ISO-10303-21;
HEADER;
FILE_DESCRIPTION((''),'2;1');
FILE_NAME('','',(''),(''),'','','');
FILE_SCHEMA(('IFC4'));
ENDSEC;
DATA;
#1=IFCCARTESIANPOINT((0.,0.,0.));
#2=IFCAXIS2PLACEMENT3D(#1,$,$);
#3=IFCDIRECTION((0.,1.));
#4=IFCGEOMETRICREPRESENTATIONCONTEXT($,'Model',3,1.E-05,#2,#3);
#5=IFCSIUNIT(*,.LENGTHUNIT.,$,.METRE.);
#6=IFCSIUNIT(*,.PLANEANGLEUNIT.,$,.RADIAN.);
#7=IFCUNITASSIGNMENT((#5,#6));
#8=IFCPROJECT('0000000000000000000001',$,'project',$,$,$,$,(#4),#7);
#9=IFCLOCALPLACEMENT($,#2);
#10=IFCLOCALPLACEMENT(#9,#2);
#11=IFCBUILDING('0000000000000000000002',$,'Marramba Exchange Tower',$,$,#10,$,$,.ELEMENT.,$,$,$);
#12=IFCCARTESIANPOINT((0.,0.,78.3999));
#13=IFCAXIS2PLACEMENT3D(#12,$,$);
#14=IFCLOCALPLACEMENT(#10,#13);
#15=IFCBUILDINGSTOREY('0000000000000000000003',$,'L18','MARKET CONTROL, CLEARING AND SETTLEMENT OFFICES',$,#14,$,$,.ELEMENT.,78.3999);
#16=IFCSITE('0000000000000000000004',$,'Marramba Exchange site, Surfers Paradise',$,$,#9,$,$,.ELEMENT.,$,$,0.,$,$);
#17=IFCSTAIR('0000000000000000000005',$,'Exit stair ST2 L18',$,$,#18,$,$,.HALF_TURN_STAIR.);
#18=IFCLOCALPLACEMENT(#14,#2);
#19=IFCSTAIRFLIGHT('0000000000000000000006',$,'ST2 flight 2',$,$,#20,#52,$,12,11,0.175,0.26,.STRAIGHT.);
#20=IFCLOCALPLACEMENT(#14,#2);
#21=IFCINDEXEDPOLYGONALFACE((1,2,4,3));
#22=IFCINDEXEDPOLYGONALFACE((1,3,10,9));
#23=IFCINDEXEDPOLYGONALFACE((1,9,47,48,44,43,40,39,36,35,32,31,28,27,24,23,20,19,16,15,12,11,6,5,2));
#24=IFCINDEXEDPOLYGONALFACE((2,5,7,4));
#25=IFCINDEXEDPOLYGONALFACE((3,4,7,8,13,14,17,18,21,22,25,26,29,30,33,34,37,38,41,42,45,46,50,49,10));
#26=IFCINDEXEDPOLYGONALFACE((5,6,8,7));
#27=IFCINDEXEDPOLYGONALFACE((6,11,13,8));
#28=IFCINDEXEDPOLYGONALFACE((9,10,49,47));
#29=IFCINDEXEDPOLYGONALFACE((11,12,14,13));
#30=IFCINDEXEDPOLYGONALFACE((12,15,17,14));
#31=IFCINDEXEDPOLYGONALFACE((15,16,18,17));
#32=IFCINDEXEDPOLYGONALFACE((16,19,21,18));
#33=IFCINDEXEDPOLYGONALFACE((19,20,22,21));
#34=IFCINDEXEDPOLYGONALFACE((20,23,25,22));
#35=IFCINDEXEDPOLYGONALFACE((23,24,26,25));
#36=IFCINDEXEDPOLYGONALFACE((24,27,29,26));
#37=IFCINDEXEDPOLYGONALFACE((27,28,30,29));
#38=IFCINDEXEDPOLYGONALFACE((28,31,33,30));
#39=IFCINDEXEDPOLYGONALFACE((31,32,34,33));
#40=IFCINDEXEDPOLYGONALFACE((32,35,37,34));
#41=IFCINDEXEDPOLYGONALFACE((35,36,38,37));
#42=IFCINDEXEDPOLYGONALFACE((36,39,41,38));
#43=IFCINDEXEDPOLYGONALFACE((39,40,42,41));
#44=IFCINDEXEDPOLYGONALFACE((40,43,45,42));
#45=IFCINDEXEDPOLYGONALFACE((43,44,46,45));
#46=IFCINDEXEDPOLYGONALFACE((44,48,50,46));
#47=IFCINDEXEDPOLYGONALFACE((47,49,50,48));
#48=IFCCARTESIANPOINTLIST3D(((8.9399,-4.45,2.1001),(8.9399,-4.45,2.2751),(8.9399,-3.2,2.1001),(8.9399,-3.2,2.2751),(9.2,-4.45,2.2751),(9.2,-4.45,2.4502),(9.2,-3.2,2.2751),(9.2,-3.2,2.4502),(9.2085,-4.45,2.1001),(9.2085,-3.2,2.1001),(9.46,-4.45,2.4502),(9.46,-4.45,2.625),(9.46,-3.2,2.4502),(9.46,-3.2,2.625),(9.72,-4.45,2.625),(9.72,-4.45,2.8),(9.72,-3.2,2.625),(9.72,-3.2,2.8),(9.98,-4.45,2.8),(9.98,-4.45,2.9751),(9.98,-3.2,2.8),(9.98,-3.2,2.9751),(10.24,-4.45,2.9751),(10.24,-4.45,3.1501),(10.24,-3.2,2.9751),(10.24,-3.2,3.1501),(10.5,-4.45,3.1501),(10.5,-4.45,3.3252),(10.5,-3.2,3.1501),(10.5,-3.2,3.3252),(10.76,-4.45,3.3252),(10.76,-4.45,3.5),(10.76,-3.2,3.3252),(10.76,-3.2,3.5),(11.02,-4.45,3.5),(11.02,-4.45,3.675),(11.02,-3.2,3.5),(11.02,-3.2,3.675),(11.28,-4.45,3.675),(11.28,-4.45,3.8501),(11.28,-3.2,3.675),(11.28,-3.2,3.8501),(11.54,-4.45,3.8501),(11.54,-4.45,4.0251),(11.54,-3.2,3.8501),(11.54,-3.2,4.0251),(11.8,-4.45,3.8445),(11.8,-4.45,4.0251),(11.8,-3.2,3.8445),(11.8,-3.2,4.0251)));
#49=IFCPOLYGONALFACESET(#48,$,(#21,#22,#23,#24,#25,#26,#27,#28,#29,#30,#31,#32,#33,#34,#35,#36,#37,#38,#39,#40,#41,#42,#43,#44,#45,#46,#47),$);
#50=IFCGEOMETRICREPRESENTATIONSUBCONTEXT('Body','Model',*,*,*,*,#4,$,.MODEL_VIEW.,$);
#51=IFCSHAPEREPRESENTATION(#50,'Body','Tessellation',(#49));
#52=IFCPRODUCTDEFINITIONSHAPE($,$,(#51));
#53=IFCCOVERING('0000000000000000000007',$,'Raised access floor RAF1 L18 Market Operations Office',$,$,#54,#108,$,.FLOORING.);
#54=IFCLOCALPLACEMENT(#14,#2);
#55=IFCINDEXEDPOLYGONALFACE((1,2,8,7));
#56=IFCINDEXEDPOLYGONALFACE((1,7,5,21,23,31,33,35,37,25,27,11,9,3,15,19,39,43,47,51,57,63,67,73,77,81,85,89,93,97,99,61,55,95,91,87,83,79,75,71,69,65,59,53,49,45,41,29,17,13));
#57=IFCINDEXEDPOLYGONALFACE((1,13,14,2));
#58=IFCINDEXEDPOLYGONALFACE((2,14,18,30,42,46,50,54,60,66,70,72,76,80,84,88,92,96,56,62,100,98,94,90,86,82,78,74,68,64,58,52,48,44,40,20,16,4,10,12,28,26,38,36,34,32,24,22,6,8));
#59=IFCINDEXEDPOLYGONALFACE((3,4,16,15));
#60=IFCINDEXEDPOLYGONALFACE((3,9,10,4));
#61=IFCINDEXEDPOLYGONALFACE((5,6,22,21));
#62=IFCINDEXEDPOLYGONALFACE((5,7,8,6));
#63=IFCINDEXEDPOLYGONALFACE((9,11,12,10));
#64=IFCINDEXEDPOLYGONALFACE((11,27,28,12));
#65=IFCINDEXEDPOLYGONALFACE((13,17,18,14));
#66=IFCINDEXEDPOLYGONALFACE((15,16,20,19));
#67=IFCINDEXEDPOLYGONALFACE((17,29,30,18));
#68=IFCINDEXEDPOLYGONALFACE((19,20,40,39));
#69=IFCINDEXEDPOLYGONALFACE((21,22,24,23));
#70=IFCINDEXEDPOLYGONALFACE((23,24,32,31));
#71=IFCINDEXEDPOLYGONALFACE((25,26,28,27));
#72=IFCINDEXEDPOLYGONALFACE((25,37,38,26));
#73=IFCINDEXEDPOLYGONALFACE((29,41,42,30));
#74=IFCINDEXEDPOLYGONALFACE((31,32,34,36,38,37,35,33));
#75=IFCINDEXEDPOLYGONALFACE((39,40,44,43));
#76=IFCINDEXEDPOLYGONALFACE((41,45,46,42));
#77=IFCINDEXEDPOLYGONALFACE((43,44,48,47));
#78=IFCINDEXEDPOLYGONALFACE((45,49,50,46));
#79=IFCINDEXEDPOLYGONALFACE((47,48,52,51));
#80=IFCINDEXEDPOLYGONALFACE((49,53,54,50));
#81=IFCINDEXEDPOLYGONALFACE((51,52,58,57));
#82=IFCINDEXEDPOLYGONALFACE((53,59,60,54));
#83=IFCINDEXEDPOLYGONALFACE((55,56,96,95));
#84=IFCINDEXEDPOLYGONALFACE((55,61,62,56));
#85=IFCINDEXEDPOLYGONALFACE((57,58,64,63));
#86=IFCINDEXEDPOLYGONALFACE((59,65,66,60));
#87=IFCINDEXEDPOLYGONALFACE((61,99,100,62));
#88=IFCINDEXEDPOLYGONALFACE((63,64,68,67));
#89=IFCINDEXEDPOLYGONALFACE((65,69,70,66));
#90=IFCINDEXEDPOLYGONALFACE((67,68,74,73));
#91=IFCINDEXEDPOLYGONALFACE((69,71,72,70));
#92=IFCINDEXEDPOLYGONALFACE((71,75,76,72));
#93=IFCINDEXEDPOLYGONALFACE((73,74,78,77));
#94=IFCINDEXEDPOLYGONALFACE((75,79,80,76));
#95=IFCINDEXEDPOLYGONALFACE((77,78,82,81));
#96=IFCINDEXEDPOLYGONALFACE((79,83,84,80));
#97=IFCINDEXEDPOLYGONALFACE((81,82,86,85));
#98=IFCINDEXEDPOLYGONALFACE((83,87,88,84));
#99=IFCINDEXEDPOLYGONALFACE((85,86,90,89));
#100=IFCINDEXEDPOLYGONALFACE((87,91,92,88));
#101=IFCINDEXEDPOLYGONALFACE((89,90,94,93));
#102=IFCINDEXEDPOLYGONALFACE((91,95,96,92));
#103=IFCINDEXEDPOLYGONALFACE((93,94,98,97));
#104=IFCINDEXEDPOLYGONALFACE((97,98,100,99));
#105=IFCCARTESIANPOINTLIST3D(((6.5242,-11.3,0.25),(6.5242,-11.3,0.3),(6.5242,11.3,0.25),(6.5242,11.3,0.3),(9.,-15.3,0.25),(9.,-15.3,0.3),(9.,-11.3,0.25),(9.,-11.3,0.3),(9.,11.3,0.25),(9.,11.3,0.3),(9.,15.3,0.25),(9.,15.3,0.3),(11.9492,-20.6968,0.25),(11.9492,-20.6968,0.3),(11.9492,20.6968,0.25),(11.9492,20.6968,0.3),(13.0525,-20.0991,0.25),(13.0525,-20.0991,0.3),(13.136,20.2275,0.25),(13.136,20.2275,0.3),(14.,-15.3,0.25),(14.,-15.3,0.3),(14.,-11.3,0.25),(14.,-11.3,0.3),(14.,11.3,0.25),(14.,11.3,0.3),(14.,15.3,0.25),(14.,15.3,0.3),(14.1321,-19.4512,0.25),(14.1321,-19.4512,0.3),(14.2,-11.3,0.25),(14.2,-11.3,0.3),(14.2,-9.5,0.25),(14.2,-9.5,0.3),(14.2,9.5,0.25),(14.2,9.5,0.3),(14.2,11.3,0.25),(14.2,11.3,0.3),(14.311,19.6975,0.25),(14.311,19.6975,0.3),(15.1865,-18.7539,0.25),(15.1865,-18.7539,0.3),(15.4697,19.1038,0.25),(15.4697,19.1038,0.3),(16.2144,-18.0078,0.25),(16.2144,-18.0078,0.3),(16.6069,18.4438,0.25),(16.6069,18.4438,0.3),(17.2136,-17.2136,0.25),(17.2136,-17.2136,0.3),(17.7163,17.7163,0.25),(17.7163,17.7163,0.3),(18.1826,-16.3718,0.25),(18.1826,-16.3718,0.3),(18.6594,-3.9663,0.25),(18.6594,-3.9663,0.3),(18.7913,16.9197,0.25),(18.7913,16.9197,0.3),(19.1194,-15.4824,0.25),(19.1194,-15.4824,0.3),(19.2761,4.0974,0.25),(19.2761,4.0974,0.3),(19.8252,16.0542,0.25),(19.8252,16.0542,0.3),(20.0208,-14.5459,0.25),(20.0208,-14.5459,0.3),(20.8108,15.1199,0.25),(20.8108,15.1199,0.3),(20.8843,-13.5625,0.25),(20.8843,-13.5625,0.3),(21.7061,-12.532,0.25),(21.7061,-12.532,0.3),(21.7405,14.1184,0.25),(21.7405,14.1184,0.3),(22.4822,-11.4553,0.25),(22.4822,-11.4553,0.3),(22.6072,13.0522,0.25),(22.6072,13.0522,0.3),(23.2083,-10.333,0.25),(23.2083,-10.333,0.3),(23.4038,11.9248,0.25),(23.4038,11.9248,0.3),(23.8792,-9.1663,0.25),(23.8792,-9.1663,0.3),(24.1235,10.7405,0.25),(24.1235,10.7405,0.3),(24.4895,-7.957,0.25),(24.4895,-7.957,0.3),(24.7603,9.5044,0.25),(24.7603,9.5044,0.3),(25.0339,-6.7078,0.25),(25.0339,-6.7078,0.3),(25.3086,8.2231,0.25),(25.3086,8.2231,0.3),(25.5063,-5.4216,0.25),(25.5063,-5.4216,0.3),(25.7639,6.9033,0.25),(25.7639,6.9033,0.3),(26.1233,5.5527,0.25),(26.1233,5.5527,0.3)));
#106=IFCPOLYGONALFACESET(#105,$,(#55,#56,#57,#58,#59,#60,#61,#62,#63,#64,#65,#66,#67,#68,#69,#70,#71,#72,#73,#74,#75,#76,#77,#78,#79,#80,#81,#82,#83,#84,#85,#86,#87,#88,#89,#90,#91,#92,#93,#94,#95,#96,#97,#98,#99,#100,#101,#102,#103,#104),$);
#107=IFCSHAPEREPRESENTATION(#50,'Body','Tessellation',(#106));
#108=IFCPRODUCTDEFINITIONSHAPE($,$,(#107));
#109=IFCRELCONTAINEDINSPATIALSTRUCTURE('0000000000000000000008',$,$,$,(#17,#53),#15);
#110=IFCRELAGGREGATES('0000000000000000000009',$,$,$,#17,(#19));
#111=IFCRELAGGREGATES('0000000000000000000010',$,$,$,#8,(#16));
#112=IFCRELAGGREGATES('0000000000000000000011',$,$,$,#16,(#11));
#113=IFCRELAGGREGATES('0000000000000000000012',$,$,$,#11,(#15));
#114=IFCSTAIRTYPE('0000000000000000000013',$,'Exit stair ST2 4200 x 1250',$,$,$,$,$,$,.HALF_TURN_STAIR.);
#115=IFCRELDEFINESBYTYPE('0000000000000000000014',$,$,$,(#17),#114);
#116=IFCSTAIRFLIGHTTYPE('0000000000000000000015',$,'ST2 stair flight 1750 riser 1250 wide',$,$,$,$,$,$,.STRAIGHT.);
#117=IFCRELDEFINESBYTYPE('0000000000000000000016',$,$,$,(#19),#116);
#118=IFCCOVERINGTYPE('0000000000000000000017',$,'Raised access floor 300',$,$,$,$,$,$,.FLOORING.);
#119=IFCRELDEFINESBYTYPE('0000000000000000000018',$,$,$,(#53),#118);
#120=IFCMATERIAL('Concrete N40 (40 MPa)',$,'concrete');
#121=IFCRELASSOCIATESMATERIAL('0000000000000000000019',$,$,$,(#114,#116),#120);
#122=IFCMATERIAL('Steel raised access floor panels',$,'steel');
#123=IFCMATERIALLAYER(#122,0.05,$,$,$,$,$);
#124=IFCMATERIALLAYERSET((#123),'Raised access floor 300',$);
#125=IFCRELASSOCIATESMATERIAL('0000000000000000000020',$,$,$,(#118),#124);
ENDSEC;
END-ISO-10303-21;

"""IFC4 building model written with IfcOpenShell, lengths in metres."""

from ifc_helpers import new_model, si_unit, direction, frame, origin, place, context, subcontext, project, spatial, polyline, outline, extrude, material, layer, layer_set, type_object, element, aggregate, save


model = new_model("IFC4")

# Units and contexts
model_context = context("Model", 3, precision=1e-05, world=origin(), true_north=direction((0.0, 1.0)))
body_context = subcontext(model_context, "Body", "Model", "MODEL_VIEW")
ifc_project = project(units=[si_unit("LENGTHUNIT", "METRE"), si_unit("PLANEANGLEUNIT", "RADIAN")], contexts=[model_context])

# Site, building, storey
site_placement = place(None, origin())
site = spatial("IfcSite", under=ifc_project, at=site_placement, Name="Marramba Exchange site, Surfers Paradise", CompositionType="ELEMENT", RefElevation=0.0)
building_placement = place(site_placement, origin())
building = spatial("IfcBuilding", under=site, at=building_placement, Name="Marramba Exchange Tower", CompositionType="ELEMENT")
storey_placement = place(building_placement, frame((0.0, 0.0, 78.3999)))
storey = spatial("IfcBuildingStorey", under=building, at=storey_placement, Name="L18", Description="MARKET CONTROL, CLEARING AND SETTLEMENT OFFICES", CompositionType="ELEMENT", Elevation=78.3999)

# Stair
ifc_material_1 = material(Name="Concrete N40 (40 MPa)", Category="concrete")
stair_type = type_object("IfcStairType", Name="Exit stair ST2 4200 x 1250", PredefinedType="HALF_TURN_STAIR", material=ifc_material_1)
stair_placement = place(storey_placement, origin())
stair = element("IfcStair", 1, at=stair_placement, inside=storey, type_object=stair_type, Name="Exit stair ST2 L18", PredefinedType="HALF_TURN_STAIR")

# Stair flight
stair_flight_type = type_object("IfcStairFlightType", Name="ST2 stair flight 1750 riser 1250 wide", PredefinedType="STRAIGHT", material=ifc_material_1)
stair_flight_placement = place(storey_placement, frame((8.9399, -3.825, 2.1001), z_axis=(0.0, 0.0, 1.0), x_axis=(1.0, 0.0, 0.0)))
stair_flight = element("IfcStairFlight", 2, at=stair_flight_placement, type_object=stair_flight_type, Name="ST2 flight 2", NumberOfRisers=12, NumberOfTreads=11, PredefinedType="STRAIGHT", RiserHeight=0.175, TreadLength=0.26, context=body_context, shape_type="SweptSolid", body=[
    extrude(outline(polyline([(0.0, 0.0), (0.0, 0.175), (0.26, 0.175), (0.26, 0.3501), (0.52, 0.3501), (0.52, 0.5249), (0.78, 0.5249), (0.78, 0.7), (1.04, 0.7), (1.04, 0.875), (1.3, 0.875), (1.3, 1.05), (1.5601, 1.05), (1.5601, 1.2251), (1.8201, 1.2251), (1.8201, 1.3999), (2.0801, 1.3999), (2.0801, 1.575), (2.3401, 1.575), (2.3401, 1.75), (2.6001, 1.75), (2.6001, 1.925), (2.8601, 1.925), (2.8601, 2.1001), (2.8601, 1.7444), (0.2686, 0.0), (0.0, 0.0)])), frame((0.0, 0.625, 0.0), z_axis=(0.0, -1.0, 0.0), x_axis=(1.0, 0.0, 0.0)), (0.0, 0.0, 1.0), 1.25),
])
aggregate(stair, [stair_flight])

# Covering
ifc_material_2 = material(Name="Steel raised access floor panels", Category="steel")
ifc_layer_1 = layer(ifc_material_2, 0.05)
ifc_layer_set_1 = layer_set([ifc_layer_1], Name="Raised access floor 300")
covering_type_1 = type_object("IfcCoveringType", Name="Raised access floor 300", PredefinedType="FLOORING", material=ifc_layer_set_1)
covering_1_placement = place(storey_placement, frame((0.0, 0.0, 0.25)))
element("IfcCovering", 3, at=covering_1_placement, inside=storey, type_object=covering_type_1, Name="Raised access floor RAF1 L18 Market Operations Office", PredefinedType="FLOORING", context=body_context, shape_type="SweptSolid", body=[
    extrude(outline(polyline([(14.2, -9.5), (14.2, 9.5), (14.2, 11.3), (14.0, 11.3), (14.0, 15.3), (9.0, 15.3), (9.0, 11.3), (6.5242, 11.3), (11.9492, 20.6968), (13.136, 20.2275), (14.311, 19.6975), (15.4697, 19.1038), (16.6069, 18.4438), (17.7163, 17.7163), (18.7913, 16.9197), (19.8252, 16.0542), (20.8108, 15.1199), (21.7405, 14.1184), (22.6072, 13.0522), (23.4038, 11.9248), (24.1235, 10.7405), (24.7603, 9.5044), (25.3086, 8.2231), (25.7639, 6.9033), (26.1233, 5.5527), (19.2761, 4.0974), (18.6594, -3.9663), (25.5063, -5.4216), (25.0339, -6.7078), (24.4895, -7.957), (23.8792, -9.1663), (23.2083, -10.333), (22.4822, -11.4553), (21.7061, -12.532), (20.8843, -13.5625), (20.0208, -14.5459), (19.1194, -15.4824), (18.1826, -16.3718), (17.2136, -17.2136), (16.2144, -18.0078), (15.1865, -18.7539), (14.1321, -19.4512), (13.0525, -20.0991), (11.9492, -20.6968), (6.5242, -11.3), (9.0, -11.3), (9.0, -15.3), (14.0, -15.3), (14.0, -11.3), (14.2, -11.3), (14.2, -9.5)])), origin(), (0.0, 0.0, 1.0), 0.05),
])

save(model, "model.ifc")
